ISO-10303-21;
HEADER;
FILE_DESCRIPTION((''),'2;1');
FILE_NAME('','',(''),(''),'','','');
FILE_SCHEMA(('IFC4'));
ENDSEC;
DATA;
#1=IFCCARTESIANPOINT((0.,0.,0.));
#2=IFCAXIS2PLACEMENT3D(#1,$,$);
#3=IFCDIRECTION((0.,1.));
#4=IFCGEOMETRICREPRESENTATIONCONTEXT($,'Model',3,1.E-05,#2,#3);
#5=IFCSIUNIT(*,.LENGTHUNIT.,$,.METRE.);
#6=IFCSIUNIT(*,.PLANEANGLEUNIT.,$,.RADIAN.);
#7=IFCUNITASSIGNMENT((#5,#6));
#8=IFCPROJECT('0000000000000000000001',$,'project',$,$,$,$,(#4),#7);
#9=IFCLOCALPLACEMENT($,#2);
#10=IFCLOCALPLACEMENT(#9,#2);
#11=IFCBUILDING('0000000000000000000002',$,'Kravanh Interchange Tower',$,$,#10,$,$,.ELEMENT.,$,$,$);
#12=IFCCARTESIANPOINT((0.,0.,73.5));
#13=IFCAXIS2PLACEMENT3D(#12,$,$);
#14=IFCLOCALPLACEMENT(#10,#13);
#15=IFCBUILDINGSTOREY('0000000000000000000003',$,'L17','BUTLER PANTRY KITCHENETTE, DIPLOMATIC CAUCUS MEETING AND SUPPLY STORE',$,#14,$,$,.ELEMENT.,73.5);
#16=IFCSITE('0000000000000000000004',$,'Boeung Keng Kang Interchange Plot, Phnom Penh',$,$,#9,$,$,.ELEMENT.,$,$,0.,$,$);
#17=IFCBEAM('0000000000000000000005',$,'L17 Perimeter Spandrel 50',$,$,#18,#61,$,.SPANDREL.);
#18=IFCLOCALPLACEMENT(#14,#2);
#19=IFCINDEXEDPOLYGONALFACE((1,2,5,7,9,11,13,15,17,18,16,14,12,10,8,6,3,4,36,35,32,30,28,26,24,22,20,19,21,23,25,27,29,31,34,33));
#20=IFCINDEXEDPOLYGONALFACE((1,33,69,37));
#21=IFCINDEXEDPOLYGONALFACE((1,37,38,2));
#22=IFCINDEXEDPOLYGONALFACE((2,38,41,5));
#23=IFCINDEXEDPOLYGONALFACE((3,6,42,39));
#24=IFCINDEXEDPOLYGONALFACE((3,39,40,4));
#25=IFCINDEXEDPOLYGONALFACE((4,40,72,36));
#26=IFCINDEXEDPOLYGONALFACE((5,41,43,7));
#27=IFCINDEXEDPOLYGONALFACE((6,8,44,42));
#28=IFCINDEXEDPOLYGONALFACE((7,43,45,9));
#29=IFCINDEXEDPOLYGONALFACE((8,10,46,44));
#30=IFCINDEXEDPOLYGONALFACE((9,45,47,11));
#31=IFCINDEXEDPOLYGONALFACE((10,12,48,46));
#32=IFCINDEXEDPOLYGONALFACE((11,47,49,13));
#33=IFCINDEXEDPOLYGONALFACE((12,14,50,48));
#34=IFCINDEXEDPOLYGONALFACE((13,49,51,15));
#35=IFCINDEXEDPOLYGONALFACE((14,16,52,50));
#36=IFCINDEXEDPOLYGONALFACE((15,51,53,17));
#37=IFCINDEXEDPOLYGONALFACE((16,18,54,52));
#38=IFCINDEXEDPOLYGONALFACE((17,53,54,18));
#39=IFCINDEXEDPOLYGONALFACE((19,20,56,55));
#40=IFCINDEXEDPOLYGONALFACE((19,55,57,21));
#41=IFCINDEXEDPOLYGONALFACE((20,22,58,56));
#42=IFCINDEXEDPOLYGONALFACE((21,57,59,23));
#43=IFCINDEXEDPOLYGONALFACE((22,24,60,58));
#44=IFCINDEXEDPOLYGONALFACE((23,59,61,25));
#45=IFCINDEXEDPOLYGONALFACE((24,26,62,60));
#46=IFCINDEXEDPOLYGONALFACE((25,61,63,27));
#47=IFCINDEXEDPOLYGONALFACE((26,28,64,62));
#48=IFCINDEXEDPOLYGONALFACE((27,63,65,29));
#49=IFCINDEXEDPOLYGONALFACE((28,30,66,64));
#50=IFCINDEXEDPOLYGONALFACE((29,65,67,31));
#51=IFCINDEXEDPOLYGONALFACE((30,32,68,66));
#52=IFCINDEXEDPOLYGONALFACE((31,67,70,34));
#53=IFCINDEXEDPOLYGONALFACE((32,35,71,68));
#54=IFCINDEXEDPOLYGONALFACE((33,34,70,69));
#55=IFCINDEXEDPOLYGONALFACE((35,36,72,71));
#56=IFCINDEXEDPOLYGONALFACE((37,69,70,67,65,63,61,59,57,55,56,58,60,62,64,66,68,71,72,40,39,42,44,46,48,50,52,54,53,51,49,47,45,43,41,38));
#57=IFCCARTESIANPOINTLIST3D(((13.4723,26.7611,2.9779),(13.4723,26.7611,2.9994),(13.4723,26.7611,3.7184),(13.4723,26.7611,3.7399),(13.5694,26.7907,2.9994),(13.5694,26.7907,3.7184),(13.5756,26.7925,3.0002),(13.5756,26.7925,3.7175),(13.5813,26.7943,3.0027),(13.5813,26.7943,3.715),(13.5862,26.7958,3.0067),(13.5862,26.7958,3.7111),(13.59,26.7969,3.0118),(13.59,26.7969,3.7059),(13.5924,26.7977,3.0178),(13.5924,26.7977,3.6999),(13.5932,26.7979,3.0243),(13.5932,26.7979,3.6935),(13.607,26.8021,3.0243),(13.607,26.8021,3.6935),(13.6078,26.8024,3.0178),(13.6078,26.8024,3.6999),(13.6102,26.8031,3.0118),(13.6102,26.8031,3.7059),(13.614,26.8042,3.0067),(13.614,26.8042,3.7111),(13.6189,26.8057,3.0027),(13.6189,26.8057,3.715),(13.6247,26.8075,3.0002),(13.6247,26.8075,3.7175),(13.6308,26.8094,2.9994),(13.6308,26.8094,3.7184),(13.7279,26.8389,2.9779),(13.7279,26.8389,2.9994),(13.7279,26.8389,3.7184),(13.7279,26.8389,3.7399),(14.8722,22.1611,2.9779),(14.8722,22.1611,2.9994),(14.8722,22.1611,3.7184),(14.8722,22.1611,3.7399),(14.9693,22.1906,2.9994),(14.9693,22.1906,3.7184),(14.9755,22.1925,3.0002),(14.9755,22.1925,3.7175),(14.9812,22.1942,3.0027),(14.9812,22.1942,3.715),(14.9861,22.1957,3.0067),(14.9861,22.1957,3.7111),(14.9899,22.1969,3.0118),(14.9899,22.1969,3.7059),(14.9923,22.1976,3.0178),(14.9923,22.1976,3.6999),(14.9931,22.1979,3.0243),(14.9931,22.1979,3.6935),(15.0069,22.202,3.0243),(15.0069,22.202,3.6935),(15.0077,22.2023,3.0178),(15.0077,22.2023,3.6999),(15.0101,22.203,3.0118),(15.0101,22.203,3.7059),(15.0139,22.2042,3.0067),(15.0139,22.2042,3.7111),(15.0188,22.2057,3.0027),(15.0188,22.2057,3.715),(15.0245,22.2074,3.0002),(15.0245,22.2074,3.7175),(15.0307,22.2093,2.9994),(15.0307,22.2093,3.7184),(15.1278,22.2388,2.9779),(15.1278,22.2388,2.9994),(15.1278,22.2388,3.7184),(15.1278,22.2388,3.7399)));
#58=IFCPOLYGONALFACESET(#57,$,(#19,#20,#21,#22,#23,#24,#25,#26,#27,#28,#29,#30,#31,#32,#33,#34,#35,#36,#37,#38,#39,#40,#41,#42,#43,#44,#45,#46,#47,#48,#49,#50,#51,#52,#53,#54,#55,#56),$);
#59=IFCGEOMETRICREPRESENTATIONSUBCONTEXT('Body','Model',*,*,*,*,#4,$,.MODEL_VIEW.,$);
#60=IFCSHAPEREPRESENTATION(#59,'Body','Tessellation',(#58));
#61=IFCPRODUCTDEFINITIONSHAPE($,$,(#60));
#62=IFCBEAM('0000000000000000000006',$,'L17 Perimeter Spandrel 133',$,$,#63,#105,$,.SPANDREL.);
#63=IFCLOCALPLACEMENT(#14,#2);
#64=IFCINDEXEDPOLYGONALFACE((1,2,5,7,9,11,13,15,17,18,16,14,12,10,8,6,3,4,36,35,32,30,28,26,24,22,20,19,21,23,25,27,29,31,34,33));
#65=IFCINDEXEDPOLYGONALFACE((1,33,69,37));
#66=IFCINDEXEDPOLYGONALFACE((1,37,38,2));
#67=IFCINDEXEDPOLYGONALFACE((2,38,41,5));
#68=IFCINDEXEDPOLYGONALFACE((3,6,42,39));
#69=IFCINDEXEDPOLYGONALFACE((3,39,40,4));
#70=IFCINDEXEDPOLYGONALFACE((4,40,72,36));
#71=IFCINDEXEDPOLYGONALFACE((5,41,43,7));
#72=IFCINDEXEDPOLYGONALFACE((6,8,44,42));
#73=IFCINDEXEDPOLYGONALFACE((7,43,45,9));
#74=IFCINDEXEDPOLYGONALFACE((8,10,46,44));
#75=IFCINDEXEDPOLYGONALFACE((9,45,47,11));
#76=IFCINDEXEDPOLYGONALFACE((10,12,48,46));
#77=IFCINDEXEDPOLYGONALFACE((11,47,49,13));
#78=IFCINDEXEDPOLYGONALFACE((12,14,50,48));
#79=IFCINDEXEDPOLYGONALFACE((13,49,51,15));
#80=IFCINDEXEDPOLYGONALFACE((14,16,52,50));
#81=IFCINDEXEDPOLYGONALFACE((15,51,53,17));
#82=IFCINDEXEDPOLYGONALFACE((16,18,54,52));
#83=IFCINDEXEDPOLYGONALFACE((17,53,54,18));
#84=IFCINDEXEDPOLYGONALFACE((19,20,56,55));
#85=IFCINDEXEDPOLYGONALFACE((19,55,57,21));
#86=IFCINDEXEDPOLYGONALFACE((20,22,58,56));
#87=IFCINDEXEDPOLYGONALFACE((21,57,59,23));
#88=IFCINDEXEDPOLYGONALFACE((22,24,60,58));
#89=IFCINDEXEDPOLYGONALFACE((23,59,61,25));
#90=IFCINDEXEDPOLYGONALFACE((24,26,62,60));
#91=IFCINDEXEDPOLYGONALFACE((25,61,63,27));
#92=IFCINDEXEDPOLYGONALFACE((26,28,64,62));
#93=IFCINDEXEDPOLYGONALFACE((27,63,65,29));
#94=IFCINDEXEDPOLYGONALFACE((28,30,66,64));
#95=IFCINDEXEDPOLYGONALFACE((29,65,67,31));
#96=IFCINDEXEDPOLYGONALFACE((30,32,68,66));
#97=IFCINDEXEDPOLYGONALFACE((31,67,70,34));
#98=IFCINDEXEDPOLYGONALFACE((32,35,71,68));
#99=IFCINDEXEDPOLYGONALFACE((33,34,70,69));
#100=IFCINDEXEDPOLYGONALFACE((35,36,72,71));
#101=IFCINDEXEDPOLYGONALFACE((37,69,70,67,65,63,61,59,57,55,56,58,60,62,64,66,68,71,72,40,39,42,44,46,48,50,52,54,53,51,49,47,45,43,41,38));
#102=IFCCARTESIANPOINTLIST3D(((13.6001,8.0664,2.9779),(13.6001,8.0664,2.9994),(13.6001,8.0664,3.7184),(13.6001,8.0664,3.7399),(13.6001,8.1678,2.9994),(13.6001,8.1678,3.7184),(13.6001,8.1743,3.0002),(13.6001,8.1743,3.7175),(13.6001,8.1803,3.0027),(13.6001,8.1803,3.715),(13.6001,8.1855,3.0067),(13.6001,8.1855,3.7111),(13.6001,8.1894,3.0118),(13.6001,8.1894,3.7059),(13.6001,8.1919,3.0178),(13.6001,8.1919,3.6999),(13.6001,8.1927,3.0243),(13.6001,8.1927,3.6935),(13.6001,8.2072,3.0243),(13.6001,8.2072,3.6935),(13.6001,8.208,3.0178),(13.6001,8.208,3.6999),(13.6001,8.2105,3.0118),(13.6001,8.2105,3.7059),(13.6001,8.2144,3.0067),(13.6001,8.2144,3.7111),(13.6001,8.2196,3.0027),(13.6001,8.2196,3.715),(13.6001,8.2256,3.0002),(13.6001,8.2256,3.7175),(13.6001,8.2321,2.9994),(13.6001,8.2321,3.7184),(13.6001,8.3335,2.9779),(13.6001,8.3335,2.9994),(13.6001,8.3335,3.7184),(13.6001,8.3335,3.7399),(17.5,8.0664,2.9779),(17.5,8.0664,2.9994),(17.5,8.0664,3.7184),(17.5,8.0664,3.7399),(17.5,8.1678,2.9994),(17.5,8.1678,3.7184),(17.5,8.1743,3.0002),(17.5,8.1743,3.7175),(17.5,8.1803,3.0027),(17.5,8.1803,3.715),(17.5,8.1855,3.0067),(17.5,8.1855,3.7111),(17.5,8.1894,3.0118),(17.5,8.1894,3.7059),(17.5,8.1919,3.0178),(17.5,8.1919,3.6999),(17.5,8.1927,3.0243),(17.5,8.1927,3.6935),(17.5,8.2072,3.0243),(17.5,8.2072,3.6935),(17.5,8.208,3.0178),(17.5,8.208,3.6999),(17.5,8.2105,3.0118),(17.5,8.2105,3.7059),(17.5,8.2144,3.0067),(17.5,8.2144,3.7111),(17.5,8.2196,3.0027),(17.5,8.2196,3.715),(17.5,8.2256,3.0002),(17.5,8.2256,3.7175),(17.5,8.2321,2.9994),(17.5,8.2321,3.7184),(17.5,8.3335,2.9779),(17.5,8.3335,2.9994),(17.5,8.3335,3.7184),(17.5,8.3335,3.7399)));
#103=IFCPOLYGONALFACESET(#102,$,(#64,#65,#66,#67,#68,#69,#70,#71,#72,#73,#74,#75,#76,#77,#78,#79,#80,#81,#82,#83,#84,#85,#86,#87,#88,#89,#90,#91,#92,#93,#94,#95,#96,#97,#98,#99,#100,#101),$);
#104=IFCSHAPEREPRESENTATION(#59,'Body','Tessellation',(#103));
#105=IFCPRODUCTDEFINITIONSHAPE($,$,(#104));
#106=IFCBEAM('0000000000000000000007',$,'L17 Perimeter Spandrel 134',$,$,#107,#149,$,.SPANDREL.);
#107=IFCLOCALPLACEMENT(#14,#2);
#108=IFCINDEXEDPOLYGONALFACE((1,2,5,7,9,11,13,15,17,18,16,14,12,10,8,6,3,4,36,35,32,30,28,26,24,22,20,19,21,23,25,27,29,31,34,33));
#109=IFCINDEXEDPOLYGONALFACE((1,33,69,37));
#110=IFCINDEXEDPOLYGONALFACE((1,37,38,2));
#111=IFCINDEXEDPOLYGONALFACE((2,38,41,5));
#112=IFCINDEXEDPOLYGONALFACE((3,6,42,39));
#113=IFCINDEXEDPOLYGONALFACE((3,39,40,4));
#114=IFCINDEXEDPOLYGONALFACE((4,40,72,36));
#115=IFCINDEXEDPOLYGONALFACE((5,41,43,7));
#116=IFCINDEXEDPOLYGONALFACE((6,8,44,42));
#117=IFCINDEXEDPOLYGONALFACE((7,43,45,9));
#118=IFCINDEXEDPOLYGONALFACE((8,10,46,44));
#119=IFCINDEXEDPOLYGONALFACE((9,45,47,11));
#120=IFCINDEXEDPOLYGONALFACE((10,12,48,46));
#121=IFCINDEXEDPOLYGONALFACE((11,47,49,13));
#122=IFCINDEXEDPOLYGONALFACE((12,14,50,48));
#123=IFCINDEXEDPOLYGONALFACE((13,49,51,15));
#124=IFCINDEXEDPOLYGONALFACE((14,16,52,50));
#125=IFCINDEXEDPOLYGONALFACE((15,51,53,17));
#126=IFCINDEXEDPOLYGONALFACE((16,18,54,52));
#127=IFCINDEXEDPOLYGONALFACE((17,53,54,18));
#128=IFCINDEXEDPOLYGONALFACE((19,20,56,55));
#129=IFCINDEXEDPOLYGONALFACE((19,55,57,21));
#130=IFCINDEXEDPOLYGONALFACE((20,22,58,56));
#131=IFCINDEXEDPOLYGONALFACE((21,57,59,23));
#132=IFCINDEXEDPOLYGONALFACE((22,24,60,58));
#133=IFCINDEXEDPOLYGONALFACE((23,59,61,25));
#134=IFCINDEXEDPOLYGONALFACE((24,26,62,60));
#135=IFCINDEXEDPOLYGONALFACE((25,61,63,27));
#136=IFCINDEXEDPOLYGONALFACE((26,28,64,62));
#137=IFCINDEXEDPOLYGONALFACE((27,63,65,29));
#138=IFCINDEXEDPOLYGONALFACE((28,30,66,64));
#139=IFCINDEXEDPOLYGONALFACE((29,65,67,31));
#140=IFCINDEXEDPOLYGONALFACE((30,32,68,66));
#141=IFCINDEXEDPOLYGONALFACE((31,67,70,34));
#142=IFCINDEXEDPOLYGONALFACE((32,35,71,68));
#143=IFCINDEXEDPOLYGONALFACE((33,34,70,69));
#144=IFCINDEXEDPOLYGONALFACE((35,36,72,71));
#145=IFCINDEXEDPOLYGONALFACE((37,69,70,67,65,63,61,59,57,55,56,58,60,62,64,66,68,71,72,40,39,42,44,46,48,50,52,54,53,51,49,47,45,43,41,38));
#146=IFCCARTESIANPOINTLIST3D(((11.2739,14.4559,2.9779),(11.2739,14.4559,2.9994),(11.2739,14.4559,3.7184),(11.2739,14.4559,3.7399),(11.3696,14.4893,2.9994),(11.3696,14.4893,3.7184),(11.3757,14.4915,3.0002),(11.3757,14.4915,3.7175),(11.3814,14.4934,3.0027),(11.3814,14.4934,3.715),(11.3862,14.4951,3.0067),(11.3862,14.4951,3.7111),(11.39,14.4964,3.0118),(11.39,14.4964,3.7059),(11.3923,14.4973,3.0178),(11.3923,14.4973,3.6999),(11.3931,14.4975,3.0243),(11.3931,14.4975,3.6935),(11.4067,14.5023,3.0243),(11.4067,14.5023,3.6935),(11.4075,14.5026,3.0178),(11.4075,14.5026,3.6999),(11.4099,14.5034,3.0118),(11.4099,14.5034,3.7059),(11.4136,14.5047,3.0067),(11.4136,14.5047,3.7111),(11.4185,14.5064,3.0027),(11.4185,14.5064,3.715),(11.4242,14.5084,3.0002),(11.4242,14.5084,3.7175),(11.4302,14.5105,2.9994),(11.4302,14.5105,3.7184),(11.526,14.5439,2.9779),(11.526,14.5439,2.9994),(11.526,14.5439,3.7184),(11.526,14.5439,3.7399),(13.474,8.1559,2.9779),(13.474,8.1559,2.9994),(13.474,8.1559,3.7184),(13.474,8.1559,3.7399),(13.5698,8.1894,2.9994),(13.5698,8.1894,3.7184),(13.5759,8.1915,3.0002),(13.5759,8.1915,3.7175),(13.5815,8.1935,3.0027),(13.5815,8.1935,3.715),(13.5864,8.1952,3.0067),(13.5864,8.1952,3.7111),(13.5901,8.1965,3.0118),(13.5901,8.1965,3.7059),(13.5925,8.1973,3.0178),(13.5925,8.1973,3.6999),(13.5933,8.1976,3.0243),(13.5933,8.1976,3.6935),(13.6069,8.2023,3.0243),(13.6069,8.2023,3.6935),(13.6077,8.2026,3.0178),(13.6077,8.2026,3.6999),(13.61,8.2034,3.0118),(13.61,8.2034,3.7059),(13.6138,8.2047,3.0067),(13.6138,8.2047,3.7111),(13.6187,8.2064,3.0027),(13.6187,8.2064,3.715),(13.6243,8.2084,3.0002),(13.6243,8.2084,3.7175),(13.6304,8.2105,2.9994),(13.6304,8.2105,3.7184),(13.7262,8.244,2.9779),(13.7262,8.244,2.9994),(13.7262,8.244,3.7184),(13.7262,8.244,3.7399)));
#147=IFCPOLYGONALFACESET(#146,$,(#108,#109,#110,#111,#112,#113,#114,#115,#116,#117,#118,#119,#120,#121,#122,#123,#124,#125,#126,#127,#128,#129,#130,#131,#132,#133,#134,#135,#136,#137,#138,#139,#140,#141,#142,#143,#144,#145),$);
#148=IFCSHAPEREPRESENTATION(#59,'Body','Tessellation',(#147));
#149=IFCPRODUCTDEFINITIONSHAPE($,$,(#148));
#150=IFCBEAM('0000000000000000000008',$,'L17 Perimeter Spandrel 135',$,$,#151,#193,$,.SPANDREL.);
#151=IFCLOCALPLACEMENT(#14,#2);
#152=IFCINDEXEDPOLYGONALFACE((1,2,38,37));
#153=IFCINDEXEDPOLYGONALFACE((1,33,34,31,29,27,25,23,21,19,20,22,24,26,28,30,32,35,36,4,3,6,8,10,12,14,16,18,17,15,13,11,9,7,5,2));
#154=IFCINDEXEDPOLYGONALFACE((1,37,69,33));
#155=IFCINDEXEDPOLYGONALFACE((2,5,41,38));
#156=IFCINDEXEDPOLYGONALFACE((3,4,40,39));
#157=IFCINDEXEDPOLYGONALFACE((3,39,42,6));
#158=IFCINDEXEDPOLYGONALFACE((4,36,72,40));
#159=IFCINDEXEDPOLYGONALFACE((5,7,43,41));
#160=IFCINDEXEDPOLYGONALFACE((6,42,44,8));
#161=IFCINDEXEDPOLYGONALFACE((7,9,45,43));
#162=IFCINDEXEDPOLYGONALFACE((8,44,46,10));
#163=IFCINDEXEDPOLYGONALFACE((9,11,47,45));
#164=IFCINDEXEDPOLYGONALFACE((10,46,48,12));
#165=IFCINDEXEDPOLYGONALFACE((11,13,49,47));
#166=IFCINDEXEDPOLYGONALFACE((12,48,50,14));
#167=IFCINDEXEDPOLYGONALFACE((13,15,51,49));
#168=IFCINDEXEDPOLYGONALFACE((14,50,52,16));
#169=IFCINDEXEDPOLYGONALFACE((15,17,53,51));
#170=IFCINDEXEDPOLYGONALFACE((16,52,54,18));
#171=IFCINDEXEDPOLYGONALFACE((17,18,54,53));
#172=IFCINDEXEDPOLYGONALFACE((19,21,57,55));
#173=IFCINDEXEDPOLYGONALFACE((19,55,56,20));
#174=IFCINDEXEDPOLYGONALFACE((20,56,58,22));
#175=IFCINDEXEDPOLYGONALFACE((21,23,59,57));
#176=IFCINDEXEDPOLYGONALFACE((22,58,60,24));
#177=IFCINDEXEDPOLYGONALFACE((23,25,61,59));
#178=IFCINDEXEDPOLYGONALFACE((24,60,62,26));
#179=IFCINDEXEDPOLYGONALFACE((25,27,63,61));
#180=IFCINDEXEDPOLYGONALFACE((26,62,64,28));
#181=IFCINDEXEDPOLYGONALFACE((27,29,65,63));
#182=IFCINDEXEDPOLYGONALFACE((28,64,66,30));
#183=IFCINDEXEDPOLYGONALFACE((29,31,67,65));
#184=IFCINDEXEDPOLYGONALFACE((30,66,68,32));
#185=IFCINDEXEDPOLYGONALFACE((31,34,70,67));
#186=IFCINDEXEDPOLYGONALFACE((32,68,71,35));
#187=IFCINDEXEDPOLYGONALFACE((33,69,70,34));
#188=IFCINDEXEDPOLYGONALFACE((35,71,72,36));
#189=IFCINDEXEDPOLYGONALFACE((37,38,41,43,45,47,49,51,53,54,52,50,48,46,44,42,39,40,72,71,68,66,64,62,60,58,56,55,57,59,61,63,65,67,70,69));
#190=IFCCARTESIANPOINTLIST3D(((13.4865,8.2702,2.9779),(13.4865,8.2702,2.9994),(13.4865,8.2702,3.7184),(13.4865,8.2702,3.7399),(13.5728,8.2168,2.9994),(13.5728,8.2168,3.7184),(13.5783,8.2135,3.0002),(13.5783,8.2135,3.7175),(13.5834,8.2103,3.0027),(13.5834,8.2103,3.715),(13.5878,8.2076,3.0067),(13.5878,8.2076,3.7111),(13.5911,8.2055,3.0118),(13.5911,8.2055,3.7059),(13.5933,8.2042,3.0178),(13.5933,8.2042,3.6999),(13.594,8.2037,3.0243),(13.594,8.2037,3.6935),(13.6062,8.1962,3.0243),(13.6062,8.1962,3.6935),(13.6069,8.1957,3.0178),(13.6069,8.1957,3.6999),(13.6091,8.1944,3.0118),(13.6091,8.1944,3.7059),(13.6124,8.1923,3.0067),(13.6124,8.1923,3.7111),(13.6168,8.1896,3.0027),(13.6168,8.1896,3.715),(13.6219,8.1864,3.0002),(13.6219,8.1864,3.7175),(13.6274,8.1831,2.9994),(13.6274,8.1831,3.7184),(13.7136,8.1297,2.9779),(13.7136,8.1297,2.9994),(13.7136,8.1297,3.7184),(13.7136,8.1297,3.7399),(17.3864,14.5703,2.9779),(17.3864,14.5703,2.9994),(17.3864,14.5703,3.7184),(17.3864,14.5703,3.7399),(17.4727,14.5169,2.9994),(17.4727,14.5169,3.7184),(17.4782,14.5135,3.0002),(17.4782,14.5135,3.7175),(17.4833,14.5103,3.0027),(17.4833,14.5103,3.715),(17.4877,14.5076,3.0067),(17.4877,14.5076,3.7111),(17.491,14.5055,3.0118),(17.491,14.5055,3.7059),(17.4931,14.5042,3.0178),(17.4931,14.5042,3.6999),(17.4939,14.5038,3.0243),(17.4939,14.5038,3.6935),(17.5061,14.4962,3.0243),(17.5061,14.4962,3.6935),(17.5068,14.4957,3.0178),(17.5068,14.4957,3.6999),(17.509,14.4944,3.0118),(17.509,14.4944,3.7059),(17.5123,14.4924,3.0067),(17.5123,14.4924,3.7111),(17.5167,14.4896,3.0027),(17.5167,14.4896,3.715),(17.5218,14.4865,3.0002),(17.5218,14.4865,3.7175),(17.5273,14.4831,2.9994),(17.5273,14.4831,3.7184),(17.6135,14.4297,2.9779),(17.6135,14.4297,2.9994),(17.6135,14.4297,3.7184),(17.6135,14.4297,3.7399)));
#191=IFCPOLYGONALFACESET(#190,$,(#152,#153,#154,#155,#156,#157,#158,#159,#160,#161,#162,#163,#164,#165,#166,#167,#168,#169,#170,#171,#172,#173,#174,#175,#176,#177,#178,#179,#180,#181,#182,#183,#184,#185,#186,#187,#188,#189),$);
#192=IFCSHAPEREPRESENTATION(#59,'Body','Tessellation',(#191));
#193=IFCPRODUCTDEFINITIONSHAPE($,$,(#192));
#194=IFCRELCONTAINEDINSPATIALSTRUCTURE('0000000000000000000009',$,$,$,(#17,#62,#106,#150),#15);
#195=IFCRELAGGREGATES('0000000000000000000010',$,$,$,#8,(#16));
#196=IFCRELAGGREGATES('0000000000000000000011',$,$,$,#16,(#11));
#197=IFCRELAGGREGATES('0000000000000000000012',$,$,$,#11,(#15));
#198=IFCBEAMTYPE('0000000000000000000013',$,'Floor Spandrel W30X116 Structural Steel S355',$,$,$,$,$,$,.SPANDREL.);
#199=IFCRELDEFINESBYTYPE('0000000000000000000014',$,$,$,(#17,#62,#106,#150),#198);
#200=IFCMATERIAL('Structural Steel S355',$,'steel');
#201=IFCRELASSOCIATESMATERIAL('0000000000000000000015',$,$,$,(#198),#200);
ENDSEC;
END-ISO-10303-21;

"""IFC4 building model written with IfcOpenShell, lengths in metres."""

from ifc_helpers import new_model, si_unit, direction, frame, origin, origin_2d, place, context, subcontext, project, spatial, i_section, extrude, material, material_profile, profile_set, type_object, element, save


model = new_model("IFC4")

# Units and contexts
model_context = context("Model", 3, precision=1e-05, world=origin(), true_north=direction((0.0, 1.0)))
body_context = subcontext(model_context, "Body", "Model", "MODEL_VIEW")
ifc_project = project(units=[si_unit("LENGTHUNIT", "METRE"), si_unit("PLANEANGLEUNIT", "RADIAN")], contexts=[model_context])

# Site, building, storey
site_placement = place(None, origin())
site = spatial("IfcSite", under=ifc_project, at=site_placement, Name="Boeung Keng Kang Interchange Plot, Phnom Penh", CompositionType="ELEMENT", RefElevation=0.0)
building_placement = place(site_placement, origin())
building = spatial("IfcBuilding", under=site, at=building_placement, Name="Kravanh Interchange Tower", CompositionType="ELEMENT")
storey_placement = place(building_placement, frame((0.0, 0.0, 73.5)))
storey = spatial("IfcBuildingStorey", under=building, at=storey_placement, Name="L17", Description="BUTLER PANTRY KITCHENETTE, DIPLOMATIC CAUCUS MEETING AND SUPPLY STORE", CompositionType="ELEMENT", Elevation=73.5)

# Beams
ifc_material_1 = material(Name="Structural Steel S355", Category="steel")
ifc_material_profile_1 = material_profile(ifc_material_1, i_section(OverallWidth=0.2671, OverallDepth=0.762, WebThickness=0.0144, FlangeThickness=0.0215, FilletRadius=0.0249, at=origin_2d()), Name="W30X116")
ifc_profile_set_1 = profile_set([ifc_material_profile_1], Name="Structural Steel S355")
beam_type_1 = type_object("IfcBeamType", Name="Floor Spandrel W30X116 Structural Steel S355", PredefinedType="SPANDREL", material=ifc_profile_set_1)
beam_1_placement = place(storey_placement, frame((15.0, 22.2, 3.3589), z_axis=(-0.291137, 0.956681, 0.0), x_axis=(-0.956681, -0.291137, 0.0)))
element("IfcBeam", 1, at=beam_1_placement, inside=storey, type_object=beam_type_1, Name="L17 Perimeter Spandrel 50", PredefinedType="SPANDREL", context=body_context, shape_type="SweptSolid", body=[
    extrude(i_section(OverallWidth=0.2671, OverallDepth=0.762, WebThickness=0.0144, FlangeThickness=0.0215, FilletRadius=0.0249, at=origin_2d()), origin(), (0.0, 0.0, 1.0), 4.8083),
])
beam_2_placement = place(storey_placement, frame((13.6001, 8.2, 3.3589), z_axis=(1.0, 0.0, 0.0), x_axis=(0.0, 1.0, 0.0)))
element("IfcBeam", 2, at=beam_2_placement, inside=storey, type_object=beam_type_1, Name="L17 Perimeter Spandrel 133", PredefinedType="SPANDREL", context=body_context, shape_type="SweptSolid", body=[
    extrude(i_section(OverallWidth=0.2671, OverallDepth=0.762, WebThickness=0.0144, FlangeThickness=0.0215, FilletRadius=0.0249, at=origin_2d()), origin(), (0.0, 0.0, 1.0), 3.8999),
])
beam_3_placement = place(storey_placement, frame((13.6001, 8.2, 3.3589), z_axis=(-0.329707, 0.944083, 0.0), x_axis=(-0.944083, -0.329707, 0.0)))
element("IfcBeam", 3, at=beam_3_placement, inside=storey, type_object=beam_type_1, Name="L17 Perimeter Spandrel 134", PredefinedType="SPANDREL", context=body_context, shape_type="SweptSolid", body=[
    extrude(i_section(OverallWidth=0.2671, OverallDepth=0.762, WebThickness=0.0144, FlangeThickness=0.0215, FilletRadius=0.0249, at=origin_2d()), origin(), (0.0, 0.0, 1.0), 6.6731),
])
beam_4_placement = place(storey_placement, frame((13.6001, 8.2, 3.3589), z_axis=(0.526342, 0.850273, 0.0), x_axis=(-0.850273, 0.526342, 0.0)))
element("IfcBeam", 4, at=beam_4_placement, inside=storey, type_object=beam_type_1, Name="L17 Perimeter Spandrel 135", PredefinedType="SPANDREL", context=body_context, shape_type="SweptSolid", body=[
    extrude(i_section(OverallWidth=0.2671, OverallDepth=0.762, WebThickness=0.0144, FlangeThickness=0.0215, FilletRadius=0.0249, at=origin_2d()), origin(), (0.0, 0.0, 1.0), 7.4094),
])

save(model, "model.ifc")
